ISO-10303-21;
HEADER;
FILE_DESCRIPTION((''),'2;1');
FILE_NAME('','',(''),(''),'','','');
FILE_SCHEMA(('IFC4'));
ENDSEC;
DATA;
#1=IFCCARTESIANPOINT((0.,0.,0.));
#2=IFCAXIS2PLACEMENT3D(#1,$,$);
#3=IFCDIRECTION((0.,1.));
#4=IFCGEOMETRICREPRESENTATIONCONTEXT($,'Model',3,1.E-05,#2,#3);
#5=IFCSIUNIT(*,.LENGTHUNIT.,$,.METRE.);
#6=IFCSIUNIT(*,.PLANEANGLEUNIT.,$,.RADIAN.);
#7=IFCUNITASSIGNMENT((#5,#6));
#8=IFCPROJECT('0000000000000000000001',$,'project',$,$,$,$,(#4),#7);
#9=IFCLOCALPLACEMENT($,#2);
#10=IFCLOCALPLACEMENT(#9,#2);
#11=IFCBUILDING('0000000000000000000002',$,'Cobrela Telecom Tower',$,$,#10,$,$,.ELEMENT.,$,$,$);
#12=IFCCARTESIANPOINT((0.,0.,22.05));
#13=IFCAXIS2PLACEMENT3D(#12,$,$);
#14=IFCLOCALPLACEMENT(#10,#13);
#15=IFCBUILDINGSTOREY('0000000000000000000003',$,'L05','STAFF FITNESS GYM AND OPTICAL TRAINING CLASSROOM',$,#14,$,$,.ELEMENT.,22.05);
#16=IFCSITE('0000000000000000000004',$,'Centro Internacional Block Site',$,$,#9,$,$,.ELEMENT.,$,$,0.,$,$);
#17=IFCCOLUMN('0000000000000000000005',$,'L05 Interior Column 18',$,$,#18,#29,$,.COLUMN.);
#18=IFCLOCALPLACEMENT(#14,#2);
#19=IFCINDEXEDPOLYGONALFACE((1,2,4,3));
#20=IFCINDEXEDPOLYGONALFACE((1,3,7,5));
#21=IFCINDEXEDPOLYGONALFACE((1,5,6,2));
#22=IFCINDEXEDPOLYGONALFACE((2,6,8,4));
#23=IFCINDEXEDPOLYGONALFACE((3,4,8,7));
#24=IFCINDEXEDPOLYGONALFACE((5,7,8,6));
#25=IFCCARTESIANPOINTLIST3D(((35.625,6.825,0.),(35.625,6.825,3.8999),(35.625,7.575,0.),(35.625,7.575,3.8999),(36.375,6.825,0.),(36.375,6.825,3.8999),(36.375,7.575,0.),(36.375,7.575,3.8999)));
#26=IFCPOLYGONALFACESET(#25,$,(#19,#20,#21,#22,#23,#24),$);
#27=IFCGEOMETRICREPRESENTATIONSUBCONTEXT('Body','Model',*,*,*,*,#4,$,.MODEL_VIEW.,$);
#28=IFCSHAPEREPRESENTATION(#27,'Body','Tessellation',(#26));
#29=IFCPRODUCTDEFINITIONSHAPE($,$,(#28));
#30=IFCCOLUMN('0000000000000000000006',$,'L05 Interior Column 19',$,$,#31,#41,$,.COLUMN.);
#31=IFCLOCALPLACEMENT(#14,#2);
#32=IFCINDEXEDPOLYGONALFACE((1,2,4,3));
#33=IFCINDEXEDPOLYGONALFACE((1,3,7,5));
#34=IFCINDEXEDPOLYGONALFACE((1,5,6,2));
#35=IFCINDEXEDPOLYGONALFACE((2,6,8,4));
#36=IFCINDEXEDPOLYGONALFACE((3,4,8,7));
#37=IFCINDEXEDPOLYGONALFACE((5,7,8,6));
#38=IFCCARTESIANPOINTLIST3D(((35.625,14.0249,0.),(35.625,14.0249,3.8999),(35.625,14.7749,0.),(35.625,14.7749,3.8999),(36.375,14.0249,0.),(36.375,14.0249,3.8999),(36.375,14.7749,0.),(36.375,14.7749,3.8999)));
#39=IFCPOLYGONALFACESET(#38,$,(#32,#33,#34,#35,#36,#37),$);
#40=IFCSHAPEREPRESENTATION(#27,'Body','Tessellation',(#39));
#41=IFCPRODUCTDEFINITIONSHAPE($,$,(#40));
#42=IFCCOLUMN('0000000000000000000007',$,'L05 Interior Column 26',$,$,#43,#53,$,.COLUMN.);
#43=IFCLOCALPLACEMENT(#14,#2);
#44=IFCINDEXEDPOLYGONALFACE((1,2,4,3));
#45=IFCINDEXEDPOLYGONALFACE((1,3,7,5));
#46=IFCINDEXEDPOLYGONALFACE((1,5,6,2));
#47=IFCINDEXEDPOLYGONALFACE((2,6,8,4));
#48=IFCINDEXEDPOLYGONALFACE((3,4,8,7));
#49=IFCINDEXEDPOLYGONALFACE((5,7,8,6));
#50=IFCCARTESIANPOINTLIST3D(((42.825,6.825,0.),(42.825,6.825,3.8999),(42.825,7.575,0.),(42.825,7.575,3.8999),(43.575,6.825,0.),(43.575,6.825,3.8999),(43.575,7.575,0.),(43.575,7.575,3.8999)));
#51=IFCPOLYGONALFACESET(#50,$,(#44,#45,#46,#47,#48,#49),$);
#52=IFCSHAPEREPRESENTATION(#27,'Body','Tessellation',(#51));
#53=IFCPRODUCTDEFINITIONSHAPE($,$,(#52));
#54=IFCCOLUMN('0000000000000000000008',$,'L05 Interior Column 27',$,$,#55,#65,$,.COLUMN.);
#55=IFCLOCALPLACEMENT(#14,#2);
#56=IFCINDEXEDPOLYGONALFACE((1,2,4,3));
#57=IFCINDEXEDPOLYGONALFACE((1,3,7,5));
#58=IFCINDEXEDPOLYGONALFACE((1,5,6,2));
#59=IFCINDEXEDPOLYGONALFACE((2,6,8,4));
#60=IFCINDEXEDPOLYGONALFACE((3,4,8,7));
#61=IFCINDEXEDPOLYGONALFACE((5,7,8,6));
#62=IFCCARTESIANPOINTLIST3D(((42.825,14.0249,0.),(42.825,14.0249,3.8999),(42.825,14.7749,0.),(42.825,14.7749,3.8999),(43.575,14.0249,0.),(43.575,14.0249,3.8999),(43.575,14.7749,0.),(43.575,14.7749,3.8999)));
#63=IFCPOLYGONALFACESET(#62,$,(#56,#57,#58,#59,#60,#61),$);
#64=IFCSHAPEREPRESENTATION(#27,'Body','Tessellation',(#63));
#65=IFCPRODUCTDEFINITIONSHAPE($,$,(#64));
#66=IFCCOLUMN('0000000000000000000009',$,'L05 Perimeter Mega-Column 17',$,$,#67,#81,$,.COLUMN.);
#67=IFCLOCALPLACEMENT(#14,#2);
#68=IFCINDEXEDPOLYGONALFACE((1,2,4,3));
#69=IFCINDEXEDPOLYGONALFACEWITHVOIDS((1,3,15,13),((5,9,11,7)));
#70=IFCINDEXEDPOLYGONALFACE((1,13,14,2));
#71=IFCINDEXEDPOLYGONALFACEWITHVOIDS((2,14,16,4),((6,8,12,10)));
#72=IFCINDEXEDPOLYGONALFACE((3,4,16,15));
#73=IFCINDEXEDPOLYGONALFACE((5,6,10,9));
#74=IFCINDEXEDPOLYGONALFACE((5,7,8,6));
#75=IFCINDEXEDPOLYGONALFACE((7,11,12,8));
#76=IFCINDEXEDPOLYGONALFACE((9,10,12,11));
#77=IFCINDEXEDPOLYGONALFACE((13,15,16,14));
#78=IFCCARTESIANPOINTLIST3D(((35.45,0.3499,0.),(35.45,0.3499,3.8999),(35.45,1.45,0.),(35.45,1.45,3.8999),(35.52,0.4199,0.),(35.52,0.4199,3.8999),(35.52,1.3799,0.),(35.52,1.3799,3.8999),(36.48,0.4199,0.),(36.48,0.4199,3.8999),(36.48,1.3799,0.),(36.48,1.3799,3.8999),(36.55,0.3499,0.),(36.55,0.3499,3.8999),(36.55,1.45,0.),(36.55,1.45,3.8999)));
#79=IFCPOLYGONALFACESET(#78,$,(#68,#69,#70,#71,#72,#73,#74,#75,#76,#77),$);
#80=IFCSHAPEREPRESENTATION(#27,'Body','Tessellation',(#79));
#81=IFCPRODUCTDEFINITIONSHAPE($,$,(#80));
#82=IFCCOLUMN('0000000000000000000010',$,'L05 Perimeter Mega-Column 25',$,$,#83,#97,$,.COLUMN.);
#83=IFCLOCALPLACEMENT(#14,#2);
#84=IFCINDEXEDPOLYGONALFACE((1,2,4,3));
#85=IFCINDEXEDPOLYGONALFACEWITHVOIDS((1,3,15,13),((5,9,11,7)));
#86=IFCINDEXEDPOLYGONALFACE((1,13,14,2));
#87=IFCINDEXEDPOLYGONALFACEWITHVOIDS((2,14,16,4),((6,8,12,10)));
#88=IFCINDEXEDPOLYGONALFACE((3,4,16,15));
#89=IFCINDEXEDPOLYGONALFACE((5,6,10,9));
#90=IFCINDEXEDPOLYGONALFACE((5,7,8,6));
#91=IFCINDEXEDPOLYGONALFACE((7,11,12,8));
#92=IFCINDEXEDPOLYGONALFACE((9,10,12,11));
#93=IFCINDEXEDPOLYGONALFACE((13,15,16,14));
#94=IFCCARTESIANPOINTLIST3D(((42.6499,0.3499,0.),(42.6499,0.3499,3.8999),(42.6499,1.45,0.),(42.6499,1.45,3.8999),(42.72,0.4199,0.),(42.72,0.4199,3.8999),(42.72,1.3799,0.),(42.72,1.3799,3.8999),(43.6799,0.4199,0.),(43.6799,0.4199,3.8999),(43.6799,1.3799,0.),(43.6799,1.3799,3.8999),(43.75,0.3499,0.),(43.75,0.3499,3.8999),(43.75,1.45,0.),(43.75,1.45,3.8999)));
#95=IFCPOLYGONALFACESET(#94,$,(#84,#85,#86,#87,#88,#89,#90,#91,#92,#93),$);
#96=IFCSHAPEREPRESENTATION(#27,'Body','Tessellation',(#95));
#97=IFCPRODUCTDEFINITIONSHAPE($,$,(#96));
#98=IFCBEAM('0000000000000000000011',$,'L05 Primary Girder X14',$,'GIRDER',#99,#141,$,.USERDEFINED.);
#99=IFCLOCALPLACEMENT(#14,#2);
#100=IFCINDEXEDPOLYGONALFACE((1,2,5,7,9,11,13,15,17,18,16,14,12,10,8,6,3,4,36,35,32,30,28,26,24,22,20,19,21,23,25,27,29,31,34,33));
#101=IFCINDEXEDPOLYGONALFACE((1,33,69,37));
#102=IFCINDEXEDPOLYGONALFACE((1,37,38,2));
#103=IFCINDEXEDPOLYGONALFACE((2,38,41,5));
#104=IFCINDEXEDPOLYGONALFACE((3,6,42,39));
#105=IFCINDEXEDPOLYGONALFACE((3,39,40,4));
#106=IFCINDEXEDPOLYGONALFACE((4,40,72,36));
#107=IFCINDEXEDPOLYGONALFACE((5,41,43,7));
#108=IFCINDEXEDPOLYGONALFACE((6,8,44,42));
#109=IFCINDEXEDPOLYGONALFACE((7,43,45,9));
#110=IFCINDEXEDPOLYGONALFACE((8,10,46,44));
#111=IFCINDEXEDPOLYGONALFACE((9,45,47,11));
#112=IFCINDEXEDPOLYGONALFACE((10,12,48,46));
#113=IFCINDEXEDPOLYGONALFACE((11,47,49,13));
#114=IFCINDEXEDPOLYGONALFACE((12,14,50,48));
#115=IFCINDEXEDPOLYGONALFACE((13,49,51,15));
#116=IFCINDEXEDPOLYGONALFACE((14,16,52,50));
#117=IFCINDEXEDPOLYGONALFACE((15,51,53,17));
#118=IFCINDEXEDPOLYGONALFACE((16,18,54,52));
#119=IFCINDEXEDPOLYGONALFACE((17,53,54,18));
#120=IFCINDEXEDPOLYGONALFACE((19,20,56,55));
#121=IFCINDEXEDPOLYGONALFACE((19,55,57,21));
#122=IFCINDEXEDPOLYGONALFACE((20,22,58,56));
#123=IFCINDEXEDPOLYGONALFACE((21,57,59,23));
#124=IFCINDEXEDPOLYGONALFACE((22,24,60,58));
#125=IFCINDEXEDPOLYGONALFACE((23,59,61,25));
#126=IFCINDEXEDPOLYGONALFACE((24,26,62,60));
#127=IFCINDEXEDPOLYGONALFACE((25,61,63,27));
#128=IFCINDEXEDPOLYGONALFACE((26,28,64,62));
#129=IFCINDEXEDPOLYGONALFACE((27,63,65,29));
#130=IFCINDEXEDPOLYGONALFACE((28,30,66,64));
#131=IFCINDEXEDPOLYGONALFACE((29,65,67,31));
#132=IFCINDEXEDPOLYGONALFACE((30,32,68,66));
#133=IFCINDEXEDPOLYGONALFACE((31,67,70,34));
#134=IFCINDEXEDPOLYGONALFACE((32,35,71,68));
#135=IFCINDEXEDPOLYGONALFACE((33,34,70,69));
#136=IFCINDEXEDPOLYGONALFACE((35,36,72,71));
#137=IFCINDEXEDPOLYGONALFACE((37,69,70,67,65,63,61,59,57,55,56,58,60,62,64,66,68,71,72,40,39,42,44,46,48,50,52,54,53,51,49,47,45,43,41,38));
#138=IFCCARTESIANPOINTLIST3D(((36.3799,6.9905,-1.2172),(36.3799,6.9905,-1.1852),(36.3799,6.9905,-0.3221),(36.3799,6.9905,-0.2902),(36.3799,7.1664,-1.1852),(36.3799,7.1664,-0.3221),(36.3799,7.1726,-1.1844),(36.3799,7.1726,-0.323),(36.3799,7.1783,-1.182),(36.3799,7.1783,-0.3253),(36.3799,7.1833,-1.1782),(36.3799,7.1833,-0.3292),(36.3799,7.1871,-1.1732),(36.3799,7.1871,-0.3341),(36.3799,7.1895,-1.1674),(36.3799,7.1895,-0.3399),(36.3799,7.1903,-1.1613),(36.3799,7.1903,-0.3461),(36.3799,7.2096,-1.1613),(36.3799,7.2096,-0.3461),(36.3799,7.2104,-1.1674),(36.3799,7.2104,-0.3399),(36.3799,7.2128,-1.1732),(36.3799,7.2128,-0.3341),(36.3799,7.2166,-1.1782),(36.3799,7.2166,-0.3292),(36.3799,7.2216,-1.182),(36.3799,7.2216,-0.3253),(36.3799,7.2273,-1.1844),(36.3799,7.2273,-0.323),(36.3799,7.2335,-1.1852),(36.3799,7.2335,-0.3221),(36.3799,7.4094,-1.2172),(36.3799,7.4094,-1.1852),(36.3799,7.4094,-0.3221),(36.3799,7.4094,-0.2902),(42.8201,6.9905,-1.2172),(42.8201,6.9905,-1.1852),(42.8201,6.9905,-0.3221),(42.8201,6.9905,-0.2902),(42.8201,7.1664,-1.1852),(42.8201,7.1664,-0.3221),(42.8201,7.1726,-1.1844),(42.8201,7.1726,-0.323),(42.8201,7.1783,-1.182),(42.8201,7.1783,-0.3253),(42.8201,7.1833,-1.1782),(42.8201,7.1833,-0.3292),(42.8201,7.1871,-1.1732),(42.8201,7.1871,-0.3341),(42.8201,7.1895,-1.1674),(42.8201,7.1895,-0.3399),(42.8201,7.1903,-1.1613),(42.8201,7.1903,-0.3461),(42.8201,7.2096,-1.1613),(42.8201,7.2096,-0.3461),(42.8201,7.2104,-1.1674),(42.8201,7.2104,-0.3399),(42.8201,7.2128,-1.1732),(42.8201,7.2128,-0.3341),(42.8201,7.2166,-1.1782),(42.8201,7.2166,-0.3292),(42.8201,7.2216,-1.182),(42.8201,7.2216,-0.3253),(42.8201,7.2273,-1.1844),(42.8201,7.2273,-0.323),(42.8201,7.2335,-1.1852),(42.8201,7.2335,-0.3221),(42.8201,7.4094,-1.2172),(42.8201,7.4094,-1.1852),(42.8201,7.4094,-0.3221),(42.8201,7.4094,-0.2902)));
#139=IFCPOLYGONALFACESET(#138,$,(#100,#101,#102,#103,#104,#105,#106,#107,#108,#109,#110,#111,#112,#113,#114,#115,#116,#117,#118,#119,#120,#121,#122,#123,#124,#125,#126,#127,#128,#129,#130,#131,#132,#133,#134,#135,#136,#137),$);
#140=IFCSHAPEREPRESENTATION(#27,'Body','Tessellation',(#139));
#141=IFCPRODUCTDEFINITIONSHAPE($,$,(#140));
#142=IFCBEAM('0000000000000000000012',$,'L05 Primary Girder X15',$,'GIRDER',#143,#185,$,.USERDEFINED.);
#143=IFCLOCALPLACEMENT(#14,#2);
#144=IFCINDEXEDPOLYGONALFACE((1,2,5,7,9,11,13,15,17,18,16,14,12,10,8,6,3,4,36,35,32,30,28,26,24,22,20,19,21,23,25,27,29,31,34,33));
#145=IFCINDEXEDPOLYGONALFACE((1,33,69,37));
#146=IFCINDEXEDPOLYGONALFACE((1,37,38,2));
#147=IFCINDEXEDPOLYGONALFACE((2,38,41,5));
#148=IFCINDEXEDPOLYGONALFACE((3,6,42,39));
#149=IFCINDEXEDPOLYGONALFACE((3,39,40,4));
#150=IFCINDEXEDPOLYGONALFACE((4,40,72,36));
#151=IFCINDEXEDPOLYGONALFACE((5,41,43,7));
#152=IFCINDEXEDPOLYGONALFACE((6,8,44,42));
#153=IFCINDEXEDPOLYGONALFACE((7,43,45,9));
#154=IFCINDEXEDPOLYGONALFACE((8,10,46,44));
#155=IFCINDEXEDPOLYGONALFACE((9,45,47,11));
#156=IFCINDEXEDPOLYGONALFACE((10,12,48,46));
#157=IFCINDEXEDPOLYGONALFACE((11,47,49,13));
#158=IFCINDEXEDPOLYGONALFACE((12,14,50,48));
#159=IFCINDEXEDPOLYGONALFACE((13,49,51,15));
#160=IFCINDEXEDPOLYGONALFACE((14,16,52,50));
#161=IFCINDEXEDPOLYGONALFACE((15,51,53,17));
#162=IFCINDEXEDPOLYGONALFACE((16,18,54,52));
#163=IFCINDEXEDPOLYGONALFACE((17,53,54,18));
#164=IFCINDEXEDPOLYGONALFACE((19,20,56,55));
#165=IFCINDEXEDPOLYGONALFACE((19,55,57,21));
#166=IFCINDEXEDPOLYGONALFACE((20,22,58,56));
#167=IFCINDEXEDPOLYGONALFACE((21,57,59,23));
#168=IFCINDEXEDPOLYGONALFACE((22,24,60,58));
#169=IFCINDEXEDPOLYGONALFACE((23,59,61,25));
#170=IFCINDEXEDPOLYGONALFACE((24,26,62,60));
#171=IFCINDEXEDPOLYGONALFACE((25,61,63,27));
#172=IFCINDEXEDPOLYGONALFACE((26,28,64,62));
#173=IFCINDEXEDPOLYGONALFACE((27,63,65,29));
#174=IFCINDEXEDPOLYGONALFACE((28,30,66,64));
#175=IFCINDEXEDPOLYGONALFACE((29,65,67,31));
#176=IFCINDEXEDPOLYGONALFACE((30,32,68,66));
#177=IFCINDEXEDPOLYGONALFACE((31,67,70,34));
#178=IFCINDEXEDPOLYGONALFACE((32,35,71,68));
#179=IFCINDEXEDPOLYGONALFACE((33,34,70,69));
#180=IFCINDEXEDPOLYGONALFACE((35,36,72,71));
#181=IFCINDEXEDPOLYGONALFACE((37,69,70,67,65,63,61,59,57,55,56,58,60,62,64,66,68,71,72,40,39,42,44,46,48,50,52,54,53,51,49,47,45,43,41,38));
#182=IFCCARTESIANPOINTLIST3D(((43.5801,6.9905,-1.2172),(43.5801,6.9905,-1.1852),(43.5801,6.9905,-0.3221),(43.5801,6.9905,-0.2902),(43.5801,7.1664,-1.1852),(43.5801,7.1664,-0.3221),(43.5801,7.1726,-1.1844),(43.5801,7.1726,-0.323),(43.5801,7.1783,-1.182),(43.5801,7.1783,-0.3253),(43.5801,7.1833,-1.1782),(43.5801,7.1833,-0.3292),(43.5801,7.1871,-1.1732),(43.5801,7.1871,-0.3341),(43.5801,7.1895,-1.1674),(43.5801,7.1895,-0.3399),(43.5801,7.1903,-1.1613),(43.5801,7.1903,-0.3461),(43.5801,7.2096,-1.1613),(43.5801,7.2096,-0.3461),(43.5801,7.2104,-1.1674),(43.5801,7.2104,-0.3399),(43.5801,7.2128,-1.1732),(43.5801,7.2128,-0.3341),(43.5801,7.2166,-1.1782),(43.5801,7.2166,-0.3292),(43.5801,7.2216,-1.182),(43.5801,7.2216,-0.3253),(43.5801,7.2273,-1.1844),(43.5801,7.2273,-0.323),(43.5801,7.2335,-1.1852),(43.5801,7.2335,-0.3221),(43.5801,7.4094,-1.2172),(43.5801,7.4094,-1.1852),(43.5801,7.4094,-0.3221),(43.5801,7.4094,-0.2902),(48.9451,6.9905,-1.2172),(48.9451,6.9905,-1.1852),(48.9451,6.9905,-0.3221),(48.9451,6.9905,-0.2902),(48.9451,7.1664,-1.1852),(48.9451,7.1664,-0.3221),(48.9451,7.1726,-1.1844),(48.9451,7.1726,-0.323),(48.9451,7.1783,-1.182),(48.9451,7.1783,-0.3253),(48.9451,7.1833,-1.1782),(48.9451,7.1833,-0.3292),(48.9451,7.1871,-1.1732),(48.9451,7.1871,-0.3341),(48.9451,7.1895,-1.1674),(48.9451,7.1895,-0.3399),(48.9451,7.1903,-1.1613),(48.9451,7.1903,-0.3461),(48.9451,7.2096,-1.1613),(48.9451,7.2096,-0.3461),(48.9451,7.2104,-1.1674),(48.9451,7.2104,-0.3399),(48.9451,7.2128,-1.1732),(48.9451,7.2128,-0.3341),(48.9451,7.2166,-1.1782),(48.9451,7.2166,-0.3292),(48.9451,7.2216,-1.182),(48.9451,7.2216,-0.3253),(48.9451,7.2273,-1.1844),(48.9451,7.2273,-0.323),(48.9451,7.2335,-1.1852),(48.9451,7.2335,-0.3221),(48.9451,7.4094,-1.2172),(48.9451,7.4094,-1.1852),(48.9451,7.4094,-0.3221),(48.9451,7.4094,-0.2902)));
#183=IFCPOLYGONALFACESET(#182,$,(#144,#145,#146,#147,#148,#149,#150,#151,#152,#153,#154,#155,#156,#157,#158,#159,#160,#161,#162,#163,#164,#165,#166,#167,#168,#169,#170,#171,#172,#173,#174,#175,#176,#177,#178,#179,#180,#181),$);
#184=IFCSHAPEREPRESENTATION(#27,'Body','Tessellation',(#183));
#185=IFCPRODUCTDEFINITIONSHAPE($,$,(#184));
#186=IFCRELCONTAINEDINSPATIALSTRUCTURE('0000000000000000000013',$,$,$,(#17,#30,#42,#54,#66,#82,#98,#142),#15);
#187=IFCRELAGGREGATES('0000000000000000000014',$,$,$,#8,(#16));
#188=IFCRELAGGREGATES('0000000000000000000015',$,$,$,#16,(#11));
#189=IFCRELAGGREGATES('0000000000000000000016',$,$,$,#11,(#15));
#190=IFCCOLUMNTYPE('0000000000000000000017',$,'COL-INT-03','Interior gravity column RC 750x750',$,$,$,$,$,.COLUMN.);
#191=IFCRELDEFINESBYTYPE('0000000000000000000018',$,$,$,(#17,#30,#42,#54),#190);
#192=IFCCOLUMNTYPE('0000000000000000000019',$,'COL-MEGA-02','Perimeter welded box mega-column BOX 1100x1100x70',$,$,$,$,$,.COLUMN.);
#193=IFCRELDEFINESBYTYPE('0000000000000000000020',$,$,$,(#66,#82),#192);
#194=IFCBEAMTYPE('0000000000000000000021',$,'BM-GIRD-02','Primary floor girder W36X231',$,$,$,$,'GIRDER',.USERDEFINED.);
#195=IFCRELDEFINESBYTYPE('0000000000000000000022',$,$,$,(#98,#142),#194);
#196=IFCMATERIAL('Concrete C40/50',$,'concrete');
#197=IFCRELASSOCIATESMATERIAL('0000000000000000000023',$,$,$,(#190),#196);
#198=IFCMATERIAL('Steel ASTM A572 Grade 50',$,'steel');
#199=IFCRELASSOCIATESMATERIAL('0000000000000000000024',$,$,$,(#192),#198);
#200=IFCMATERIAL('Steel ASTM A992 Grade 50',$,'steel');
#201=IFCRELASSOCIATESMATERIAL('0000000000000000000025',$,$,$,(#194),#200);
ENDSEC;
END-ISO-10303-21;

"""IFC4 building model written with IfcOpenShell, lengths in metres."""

from ifc_helpers import new_model, si_unit, direction, frame, origin, origin_2d, place, context, subcontext, project, spatial, rectangle, hollow_rectangle, i_section, extrude, material, material_profile, profile_set, type_object, element, save


model = new_model("IFC4")

# Units and contexts
model_context = context("Model", 3, precision=1e-05, world=origin(), true_north=direction((0.0, 1.0)))
body_context = subcontext(model_context, "Body", "Model", "MODEL_VIEW")
ifc_project = project(units=[si_unit("LENGTHUNIT", "METRE"), si_unit("PLANEANGLEUNIT", "RADIAN")], contexts=[model_context])

# Site, building, storey
site_placement = place(None, origin())
site = spatial("IfcSite", under=ifc_project, at=site_placement, Name="Centro Internacional Block Site", CompositionType="ELEMENT", RefElevation=0.0)
building_placement = place(site_placement, origin())
building = spatial("IfcBuilding", under=site, at=building_placement, Name="Cobrela Telecom Tower", CompositionType="ELEMENT")
storey_placement = place(building_placement, frame((0.0, 0.0, 22.05)))
storey = spatial("IfcBuildingStorey", under=building, at=storey_placement, Name="L05", Description="STAFF FITNESS GYM AND OPTICAL TRAINING CLASSROOM", CompositionType="ELEMENT", Elevation=22.05)

# Columns
ifc_material_1 = material(Name="Concrete C40/50", Category="concrete")
ifc_material_profile_1 = material_profile(ifc_material_1, rectangle(XDim=0.75, YDim=0.75, at=origin_2d()), Name="RC 750x750")
ifc_profile_set_1 = profile_set([ifc_material_profile_1], Name="Concrete C40/50")
column_type_1 = type_object("IfcColumnType", Name="COL-INT-03", Description="Interior gravity column RC 750x750", PredefinedType="COLUMN", material=ifc_profile_set_1)
for number, where, z_axis, x_axis, name in (
    (1, (36.0, 7.2, 0.0), (0.0, 0.0, 1.0), (1.0, 0.0, 0.0), "L05 Interior Column 18"),
    (2, (36.0, 14.3999, 0.0), (0.0, 0.0, 1.0), (1.0, 0.0, 0.0), "L05 Interior Column 19"),
    (3, (43.2, 7.2, 0.0), (0.0, 0.0, 1.0), (1.0, 0.0, 0.0), "L05 Interior Column 26"),
    (4, (43.2, 14.3999, 0.0), (0.0, 0.0, 1.0), (1.0, 0.0, 0.0), "L05 Interior Column 27"),
):
    element("IfcColumn", number, at=place(storey_placement, frame(where, z_axis=z_axis, x_axis=x_axis)), inside=storey, type_object=column_type_1, Name=name, PredefinedType="COLUMN", context=body_context, shape_type="SweptSolid", body=[
        extrude(rectangle(XDim=0.75, YDim=0.75, at=origin_2d()), origin(), (0.0, 0.0, 1.0), 3.8999),
    ])
ifc_material_2 = material(Name="Steel ASTM A572 Grade 50", Category="steel")
ifc_material_profile_2 = material_profile(ifc_material_2, hollow_rectangle(XDim=1.1001, YDim=1.1001, WallThickness=0.0701, at=origin_2d()), Name="BOX 1100x1100x70")
ifc_profile_set_2 = profile_set([ifc_material_profile_2], Name="Steel ASTM A572 Grade 50")
column_type_2 = type_object("IfcColumnType", Name="COL-MEGA-02", Description="Perimeter welded box mega-column BOX 1100x1100x70", PredefinedType="COLUMN", material=ifc_profile_set_2)
for number, where, z_axis, x_axis, name in (
    (5, (36.0, 0.8999, 0.0), (0.0, 0.0, 1.0), (1.0, 0.0, 0.0), "L05 Perimeter Mega-Column 17"),
    (6, (43.2, 0.8999, 0.0), (0.0, 0.0, 1.0), (1.0, 0.0, 0.0), "L05 Perimeter Mega-Column 25"),
):
    element("IfcColumn", number, at=place(storey_placement, frame(where, z_axis=z_axis, x_axis=x_axis)), inside=storey, type_object=column_type_2, Name=name, PredefinedType="COLUMN", context=body_context, shape_type="SweptSolid", body=[
        extrude(hollow_rectangle(XDim=1.1001, YDim=1.1001, WallThickness=0.0701, at=origin_2d()), origin(), (0.0, 0.0, 1.0), 3.8999),
    ])

# Beams
ifc_material_3 = material(Name="Steel ASTM A992 Grade 50", Category="steel")
ifc_material_profile_3 = material_profile(ifc_material_3, i_section(OverallWidth=0.4189, OverallDepth=0.927, WebThickness=0.0193, FlangeThickness=0.032, FilletRadius=0.0239, at=origin_2d()), Name="W36X231")
ifc_profile_set_3 = profile_set([ifc_material_profile_3], Name="Steel ASTM A992 Grade 50")
beam_type_1 = type_object("IfcBeamType", Name="BM-GIRD-02", Description="Primary floor girder W36X231", ElementType="GIRDER", PredefinedType="USERDEFINED", material=ifc_profile_set_3)
beam_1_placement = place(storey_placement, frame((36.3799, 7.2, -0.7537), z_axis=(1.0, 0.0, 0.0), x_axis=(0.0, 1.0, 0.0)))
element("IfcBeam", 7, at=beam_1_placement, inside=storey, type_object=beam_type_1, Name="L05 Primary Girder X14", ObjectType="GIRDER", PredefinedType="USERDEFINED", context=body_context, shape_type="SweptSolid", body=[
    extrude(i_section(OverallWidth=0.4189, OverallDepth=0.927, WebThickness=0.0193, FlangeThickness=0.032, FilletRadius=0.0239, at=origin_2d()), origin(), (0.0, 0.0, 1.0), 6.4402),
])
beam_2_placement = place(storey_placement, frame((43.5801, 7.2, -0.7537), z_axis=(1.0, 0.0, 0.0), x_axis=(0.0, 1.0, 0.0)))
element("IfcBeam", 8, at=beam_2_placement, inside=storey, type_object=beam_type_1, Name="L05 Primary Girder X15", ObjectType="GIRDER", PredefinedType="USERDEFINED", context=body_context, shape_type="SweptSolid", body=[
    extrude(i_section(OverallWidth=0.4189, OverallDepth=0.927, WebThickness=0.0193, FlangeThickness=0.032, FilletRadius=0.0239, at=origin_2d()), origin(), (0.0, 0.0, 1.0), 5.365),
])

save(model, "model.ifc")
